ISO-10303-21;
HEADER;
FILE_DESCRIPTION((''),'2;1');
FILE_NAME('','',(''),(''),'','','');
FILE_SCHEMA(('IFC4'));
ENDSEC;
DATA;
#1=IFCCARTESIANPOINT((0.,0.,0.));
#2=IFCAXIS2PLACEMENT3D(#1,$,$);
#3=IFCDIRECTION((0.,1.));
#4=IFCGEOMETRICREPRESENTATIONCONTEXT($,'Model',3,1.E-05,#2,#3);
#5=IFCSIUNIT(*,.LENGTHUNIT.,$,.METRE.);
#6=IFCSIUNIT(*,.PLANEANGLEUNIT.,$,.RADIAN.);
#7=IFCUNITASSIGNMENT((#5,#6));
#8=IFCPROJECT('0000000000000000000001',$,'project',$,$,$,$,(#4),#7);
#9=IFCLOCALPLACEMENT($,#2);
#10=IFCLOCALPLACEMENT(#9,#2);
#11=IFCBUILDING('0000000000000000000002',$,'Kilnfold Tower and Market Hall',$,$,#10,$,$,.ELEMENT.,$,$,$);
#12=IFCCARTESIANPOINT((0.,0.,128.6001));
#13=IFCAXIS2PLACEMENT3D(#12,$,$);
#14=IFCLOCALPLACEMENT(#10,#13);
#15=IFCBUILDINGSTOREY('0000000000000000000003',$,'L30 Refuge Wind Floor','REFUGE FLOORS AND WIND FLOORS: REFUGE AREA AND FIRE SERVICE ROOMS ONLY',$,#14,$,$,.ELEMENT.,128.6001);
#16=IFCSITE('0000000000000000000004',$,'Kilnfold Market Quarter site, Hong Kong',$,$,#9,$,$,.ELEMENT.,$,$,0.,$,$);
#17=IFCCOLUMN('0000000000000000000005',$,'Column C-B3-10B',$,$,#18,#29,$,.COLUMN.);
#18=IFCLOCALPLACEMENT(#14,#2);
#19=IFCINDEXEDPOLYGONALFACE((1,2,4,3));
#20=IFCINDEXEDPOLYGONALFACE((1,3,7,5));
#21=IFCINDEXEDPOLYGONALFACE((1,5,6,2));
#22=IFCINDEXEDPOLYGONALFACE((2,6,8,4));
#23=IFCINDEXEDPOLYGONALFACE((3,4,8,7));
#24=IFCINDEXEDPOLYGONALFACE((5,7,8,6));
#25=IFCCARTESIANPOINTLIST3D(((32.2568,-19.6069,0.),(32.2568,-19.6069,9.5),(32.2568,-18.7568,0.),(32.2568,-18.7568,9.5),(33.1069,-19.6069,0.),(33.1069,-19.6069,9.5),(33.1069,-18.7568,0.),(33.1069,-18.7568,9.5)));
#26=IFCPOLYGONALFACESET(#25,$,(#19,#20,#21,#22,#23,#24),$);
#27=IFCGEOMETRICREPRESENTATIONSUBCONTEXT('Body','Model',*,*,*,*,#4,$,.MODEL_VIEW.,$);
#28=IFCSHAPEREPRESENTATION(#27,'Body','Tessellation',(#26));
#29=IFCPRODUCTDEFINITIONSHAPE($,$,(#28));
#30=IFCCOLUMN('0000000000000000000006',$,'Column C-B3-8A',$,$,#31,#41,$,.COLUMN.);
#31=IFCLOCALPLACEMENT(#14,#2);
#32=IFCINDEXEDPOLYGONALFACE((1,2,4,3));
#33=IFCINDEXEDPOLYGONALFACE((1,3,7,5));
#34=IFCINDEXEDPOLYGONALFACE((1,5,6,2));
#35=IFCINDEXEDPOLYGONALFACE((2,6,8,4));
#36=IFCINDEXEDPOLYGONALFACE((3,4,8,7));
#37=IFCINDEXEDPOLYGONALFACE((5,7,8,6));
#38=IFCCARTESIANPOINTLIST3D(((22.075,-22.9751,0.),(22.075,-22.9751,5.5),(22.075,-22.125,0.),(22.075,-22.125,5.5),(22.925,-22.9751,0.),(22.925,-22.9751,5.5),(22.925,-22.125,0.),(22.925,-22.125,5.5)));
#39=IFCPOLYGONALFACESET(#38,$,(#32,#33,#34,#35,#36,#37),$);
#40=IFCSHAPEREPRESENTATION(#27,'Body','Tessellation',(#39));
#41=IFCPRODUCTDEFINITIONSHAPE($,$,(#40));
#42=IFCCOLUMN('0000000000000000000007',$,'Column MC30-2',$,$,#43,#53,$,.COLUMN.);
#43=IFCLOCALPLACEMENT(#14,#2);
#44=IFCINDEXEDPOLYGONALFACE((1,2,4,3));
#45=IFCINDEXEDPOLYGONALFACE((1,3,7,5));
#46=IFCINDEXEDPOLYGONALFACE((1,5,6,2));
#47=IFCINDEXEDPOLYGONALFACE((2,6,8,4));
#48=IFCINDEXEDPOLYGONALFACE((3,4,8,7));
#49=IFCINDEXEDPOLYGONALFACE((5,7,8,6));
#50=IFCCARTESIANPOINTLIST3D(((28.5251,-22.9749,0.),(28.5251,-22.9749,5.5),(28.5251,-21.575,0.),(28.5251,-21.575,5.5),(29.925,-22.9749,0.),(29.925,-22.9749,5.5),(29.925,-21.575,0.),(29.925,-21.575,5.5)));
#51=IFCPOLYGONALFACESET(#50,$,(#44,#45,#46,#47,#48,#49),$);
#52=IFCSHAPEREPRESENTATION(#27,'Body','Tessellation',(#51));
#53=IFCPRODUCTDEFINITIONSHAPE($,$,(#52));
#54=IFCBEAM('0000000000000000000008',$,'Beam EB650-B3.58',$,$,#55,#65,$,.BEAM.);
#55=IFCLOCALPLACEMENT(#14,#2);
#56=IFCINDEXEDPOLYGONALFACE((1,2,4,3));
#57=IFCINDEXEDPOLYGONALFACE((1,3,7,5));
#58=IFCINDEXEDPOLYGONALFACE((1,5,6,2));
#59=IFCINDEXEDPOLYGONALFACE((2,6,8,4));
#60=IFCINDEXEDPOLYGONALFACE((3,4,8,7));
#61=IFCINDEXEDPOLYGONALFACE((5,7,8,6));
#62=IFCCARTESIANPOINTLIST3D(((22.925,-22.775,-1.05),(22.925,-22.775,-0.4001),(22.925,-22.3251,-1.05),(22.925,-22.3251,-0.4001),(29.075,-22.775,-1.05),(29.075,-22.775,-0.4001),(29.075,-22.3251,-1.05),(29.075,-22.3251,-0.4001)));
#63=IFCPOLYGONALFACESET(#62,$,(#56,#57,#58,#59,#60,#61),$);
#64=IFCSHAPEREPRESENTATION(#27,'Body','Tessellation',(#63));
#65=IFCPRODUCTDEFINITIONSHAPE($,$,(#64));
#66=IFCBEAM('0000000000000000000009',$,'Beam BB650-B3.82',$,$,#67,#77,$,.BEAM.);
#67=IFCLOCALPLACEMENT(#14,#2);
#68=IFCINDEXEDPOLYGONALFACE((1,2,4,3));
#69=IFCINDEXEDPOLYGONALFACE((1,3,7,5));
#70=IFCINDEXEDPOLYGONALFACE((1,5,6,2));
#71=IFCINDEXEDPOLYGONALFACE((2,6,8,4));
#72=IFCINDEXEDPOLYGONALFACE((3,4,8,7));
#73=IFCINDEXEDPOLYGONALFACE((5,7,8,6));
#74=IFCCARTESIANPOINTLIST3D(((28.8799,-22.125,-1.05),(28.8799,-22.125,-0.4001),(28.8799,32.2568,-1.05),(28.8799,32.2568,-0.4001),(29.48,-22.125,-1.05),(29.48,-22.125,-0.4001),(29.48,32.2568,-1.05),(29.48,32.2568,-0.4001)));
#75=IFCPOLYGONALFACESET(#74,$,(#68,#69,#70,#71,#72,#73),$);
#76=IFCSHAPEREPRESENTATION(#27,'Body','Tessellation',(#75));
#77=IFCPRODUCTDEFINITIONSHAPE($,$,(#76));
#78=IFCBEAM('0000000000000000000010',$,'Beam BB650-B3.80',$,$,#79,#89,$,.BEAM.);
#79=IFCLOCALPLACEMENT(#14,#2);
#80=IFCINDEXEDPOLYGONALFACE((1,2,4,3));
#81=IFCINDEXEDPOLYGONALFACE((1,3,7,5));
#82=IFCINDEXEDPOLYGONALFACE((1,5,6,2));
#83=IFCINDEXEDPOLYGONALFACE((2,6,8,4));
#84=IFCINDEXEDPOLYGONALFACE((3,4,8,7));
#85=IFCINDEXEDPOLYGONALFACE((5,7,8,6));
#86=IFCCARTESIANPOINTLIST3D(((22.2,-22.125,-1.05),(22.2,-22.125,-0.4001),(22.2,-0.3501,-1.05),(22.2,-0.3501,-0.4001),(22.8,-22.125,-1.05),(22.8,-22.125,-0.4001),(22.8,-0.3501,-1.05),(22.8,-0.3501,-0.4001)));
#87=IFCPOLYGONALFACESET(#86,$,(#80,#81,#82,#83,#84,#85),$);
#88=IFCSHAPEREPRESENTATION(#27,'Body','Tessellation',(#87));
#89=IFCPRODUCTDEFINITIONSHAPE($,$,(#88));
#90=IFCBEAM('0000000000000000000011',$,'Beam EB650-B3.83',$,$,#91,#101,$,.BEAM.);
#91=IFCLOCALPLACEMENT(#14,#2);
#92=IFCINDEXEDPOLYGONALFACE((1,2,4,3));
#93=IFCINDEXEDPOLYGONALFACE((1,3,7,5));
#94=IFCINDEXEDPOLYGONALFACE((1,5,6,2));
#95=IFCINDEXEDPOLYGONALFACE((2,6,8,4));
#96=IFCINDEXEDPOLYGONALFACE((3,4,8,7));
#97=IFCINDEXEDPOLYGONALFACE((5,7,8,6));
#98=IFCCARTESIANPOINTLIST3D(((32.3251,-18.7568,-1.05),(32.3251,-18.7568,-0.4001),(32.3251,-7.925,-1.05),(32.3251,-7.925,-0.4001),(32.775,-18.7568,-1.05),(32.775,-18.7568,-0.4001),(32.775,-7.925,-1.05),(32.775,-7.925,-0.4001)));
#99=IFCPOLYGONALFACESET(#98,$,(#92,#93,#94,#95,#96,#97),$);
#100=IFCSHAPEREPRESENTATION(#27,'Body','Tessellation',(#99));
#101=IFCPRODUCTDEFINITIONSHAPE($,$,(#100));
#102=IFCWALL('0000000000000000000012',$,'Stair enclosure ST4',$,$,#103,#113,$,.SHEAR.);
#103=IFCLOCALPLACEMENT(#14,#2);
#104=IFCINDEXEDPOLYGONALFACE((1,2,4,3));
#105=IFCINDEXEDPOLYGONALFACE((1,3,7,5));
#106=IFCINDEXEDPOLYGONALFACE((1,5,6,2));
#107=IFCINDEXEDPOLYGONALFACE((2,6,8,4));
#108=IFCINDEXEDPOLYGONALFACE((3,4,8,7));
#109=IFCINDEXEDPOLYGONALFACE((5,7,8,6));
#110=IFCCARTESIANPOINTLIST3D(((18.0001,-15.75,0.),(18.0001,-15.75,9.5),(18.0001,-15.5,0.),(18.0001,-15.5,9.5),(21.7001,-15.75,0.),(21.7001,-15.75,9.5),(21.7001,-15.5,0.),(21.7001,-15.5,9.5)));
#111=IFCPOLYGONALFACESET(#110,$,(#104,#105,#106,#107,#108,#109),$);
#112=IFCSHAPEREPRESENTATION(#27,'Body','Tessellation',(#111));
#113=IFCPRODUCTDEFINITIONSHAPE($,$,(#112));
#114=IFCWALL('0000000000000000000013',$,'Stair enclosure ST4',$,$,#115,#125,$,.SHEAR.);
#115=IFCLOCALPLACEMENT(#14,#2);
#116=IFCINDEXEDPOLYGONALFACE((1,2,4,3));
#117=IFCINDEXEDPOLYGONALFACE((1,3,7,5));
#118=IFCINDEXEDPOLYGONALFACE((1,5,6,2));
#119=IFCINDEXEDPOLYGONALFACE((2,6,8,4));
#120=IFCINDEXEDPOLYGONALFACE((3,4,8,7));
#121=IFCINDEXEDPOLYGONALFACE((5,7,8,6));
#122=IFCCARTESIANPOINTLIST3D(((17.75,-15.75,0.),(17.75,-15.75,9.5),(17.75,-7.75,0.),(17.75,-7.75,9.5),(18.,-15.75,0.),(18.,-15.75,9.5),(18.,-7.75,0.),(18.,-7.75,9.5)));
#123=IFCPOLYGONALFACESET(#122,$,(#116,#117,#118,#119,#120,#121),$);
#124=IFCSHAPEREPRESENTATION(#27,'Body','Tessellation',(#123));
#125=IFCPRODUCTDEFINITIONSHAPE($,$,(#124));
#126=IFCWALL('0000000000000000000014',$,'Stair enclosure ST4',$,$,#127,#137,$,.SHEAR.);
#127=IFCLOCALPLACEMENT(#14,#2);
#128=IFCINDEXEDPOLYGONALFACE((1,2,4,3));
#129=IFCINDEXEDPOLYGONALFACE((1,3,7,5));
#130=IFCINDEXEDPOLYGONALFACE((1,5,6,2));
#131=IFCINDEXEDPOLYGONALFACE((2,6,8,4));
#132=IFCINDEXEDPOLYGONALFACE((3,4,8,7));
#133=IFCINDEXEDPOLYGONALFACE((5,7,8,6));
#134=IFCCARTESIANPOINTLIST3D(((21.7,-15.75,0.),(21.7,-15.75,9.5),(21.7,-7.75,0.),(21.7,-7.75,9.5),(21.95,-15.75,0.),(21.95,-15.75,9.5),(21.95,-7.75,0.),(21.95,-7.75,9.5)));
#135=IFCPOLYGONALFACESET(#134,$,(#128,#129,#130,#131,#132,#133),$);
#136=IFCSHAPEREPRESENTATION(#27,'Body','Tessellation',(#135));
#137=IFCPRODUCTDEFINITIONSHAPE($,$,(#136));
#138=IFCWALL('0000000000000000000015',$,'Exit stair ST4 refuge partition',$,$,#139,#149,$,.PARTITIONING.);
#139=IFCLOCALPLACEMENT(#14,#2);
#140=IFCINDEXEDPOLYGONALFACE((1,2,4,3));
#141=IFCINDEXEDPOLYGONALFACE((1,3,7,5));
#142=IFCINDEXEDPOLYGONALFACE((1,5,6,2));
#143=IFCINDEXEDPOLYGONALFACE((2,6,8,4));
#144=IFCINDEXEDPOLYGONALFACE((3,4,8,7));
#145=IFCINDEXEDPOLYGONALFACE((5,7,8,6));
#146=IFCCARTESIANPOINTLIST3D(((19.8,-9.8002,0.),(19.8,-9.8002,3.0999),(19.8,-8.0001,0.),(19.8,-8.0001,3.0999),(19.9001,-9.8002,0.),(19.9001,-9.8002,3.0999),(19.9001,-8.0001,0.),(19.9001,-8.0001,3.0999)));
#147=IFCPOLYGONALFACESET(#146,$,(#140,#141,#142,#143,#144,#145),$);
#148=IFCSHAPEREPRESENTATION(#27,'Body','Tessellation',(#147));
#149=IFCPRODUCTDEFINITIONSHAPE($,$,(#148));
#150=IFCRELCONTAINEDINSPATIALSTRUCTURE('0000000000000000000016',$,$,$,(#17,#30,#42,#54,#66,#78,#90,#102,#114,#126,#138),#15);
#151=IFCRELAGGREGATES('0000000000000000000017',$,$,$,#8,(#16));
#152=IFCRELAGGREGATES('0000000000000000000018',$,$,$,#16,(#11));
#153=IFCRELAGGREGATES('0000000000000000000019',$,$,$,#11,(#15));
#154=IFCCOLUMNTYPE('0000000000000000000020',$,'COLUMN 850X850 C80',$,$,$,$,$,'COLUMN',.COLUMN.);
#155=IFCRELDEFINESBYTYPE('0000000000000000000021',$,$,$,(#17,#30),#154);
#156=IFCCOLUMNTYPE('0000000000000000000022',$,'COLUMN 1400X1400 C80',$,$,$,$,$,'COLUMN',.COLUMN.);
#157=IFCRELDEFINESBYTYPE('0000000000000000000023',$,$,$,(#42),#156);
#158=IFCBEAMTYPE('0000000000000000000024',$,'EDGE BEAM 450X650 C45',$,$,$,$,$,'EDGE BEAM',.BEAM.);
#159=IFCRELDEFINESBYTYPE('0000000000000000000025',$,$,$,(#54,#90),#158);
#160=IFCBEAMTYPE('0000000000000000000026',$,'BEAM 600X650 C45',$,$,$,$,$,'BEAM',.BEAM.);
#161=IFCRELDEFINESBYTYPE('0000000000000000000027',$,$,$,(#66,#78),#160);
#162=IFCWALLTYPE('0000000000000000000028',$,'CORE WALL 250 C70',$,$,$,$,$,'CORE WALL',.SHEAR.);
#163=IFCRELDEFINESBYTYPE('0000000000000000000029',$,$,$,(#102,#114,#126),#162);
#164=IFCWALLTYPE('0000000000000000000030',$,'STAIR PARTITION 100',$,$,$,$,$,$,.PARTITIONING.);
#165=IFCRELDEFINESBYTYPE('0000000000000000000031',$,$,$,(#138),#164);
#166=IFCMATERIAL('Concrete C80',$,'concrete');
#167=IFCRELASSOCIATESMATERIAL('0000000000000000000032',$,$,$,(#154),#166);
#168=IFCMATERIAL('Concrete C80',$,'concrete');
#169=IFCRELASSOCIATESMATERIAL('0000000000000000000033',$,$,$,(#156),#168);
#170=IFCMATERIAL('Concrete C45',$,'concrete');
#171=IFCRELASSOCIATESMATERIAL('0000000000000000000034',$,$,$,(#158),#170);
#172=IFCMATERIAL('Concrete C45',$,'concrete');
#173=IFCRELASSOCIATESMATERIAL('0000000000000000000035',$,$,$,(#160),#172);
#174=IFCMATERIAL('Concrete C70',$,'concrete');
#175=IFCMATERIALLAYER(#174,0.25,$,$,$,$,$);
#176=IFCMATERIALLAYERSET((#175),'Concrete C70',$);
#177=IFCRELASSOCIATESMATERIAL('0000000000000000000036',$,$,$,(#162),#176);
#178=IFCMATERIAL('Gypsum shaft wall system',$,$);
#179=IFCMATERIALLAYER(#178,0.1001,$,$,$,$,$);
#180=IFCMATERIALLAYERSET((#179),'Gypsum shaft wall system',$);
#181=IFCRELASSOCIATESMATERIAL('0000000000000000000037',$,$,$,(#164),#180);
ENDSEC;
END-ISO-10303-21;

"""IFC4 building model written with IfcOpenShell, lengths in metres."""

from ifc_helpers import new_model, si_unit, direction, frame, frame_2d, origin, origin_2d, place, context, subcontext, project, spatial, rectangle, extrude, source, transform, mapped, material, layer, layer_set, material_profile, profile_set, type_object, element, save


model = new_model("IFC4")

# Units and contexts
model_context = context("Model", 3, precision=1e-05, world=origin(), true_north=direction((0.0, 1.0)))
body_context = subcontext(model_context, "Body", "Model", "MODEL_VIEW")
ifc_project = project(units=[si_unit("LENGTHUNIT", "METRE"), si_unit("PLANEANGLEUNIT", "RADIAN")], contexts=[model_context])

# Site, building, storey
site_placement = place(None, origin())
site = spatial("IfcSite", under=ifc_project, at=site_placement, Name="Kilnfold Market Quarter site, Hong Kong", CompositionType="ELEMENT", RefElevation=0.0)
building_placement = place(site_placement, origin())
building = spatial("IfcBuilding", under=site, at=building_placement, Name="Kilnfold Tower and Market Hall", CompositionType="ELEMENT")
storey_placement = place(building_placement, frame((0.0, 0.0, 128.6001)))
storey = spatial("IfcBuildingStorey", under=building, at=storey_placement, Name="L30 Refuge Wind Floor", Description="REFUGE FLOORS AND WIND FLOORS: REFUGE AREA AND FIRE SERVICE ROOMS ONLY", CompositionType="ELEMENT", Elevation=128.6001)

# Columns
ifc_material_1 = material(Name="Concrete C80", Category="concrete")
ifc_material_profile_1 = material_profile(ifc_material_1, rectangle(XDim=0.8501, YDim=0.8501, at=origin_2d()), Name="RC 850x850")
ifc_profile_set_1 = profile_set([ifc_material_profile_1], Name="Concrete C80")
column_type_1 = type_object("IfcColumnType", Name="COLUMN 850X850 C80", ElementType="COLUMN", PredefinedType="COLUMN", material=ifc_profile_set_1)
shared_shape_1 = source(origin(), body_context, "Body", "SweptSolid", [
    extrude(rectangle(XDim=0.8501, YDim=0.8501, at=origin_2d()), origin(), (0.0, 0.0, 1.0), 9.5),
])
column_1_placement = place(storey_placement, frame((32.6819, -19.1819, 0.0), z_axis=(0.0, 0.0, 1.0), x_axis=(1.0, 0.0, 0.0)))
element("IfcColumn", 1, at=column_1_placement, inside=storey, type_object=column_type_1, Name="Column C-B3-10B", PredefinedType="COLUMN", context=body_context, shape_type="MappedRepresentation", body=[
    mapped(shared_shape_1, transform((0.0, 0.0, 0.0))),
])
shared_shape_2 = source(origin(), body_context, "Body", "SweptSolid", [
    extrude(rectangle(XDim=0.8501, YDim=0.8501, at=origin_2d()), origin(), (0.0, 0.0, 1.0), 5.5),
])
column_2_placement = place(storey_placement, frame((22.5, -22.55, 0.0), z_axis=(0.0, 0.0, 1.0), x_axis=(1.0, 0.0, 0.0)))
element("IfcColumn", 2, at=column_2_placement, inside=storey, type_object=column_type_1, Name="Column C-B3-8A", PredefinedType="COLUMN", context=body_context, shape_type="MappedRepresentation", body=[
    mapped(shared_shape_2, transform((0.0, 0.0, 0.0))),
])
ifc_material_2 = material(Name="Concrete C80", Category="concrete")
ifc_material_profile_2 = material_profile(ifc_material_2, rectangle(XDim=1.3999, YDim=1.3999, at=origin_2d()), Name="RC 1400x1400")
ifc_profile_set_2 = profile_set([ifc_material_profile_2], Name="Concrete C80")
column_type_2 = type_object("IfcColumnType", Name="COLUMN 1400X1400 C80", ElementType="COLUMN", PredefinedType="COLUMN", material=ifc_profile_set_2)
shared_shape_3 = source(origin(), body_context, "Body", "SweptSolid", [
    extrude(rectangle(XDim=1.3999, YDim=1.3999, at=origin_2d()), origin(), (0.0, 0.0, 1.0), 5.5),
])
column_3_placement = place(storey_placement, frame((29.2251, -22.2749, 0.0), z_axis=(0.0, 0.0, 1.0), x_axis=(1.0, 0.0, 0.0)))
element("IfcColumn", 3, at=column_3_placement, inside=storey, type_object=column_type_2, Name="Column MC30-2", PredefinedType="COLUMN", context=body_context, shape_type="MappedRepresentation", body=[
    mapped(shared_shape_3, transform((0.0, 0.0, 0.0))),
])

# Beams
ifc_material_3 = material(Name="Concrete C45", Category="concrete")
ifc_material_profile_3 = material_profile(ifc_material_3, rectangle(XDim=0.45, YDim=0.6499, at=origin_2d()), Name="RC 450x650")
ifc_profile_set_3 = profile_set([ifc_material_profile_3], Name="Concrete C45")
beam_type_1 = type_object("IfcBeamType", Name="EDGE BEAM 450X650 C45", ElementType="EDGE BEAM", PredefinedType="BEAM", material=ifc_profile_set_3)
shared_shape_4 = source(origin(), body_context, "Body", "SweptSolid", [
    extrude(rectangle(XDim=0.45, YDim=0.6499, at=origin_2d()), origin(), (0.0, 0.0, 1.0), 6.1499),
])
beam_1_placement = place(storey_placement, frame((22.925, -22.55, -0.7251), z_axis=(1.0, 0.0, 0.0), x_axis=(0.0, 1.0, 0.0)))
element("IfcBeam", 4, at=beam_1_placement, inside=storey, type_object=beam_type_1, Name="Beam EB650-B3.58", PredefinedType="BEAM", context=body_context, shape_type="MappedRepresentation", body=[
    mapped(shared_shape_4, transform((0.0, 0.0, 0.0))),
])
ifc_material_4 = material(Name="Concrete C45", Category="concrete")
ifc_material_profile_4 = material_profile(ifc_material_4, rectangle(XDim=0.6001, YDim=0.6499, at=origin_2d()), Name="RC 600x650")
ifc_profile_set_4 = profile_set([ifc_material_profile_4], Name="Concrete C45")
beam_type_2 = type_object("IfcBeamType", Name="BEAM 600X650 C45", ElementType="BEAM", PredefinedType="BEAM", material=ifc_profile_set_4)
shared_shape_5 = source(origin(), body_context, "Body", "SweptSolid", [
    extrude(rectangle(XDim=0.6001, YDim=0.6499, at=origin_2d()), origin(), (0.0, 0.0, 1.0), 54.3818),
])
beam_2_placement = place(storey_placement, frame((29.1799, -22.125, -0.7251), z_axis=(0.0, 1.0, 0.0), x_axis=(-1.0, 0.0, 0.0)))
element("IfcBeam", 5, at=beam_2_placement, inside=storey, type_object=beam_type_2, Name="Beam BB650-B3.82", PredefinedType="BEAM", context=body_context, shape_type="MappedRepresentation", body=[
    mapped(shared_shape_5, transform((0.0, 0.0, 0.0))),
])
shared_shape_6 = source(origin(), body_context, "Body", "SweptSolid", [
    extrude(rectangle(XDim=0.6001, YDim=0.6499, at=origin_2d()), origin(), (0.0, 0.0, 1.0), 21.7749),
])
beam_3_placement = place(storey_placement, frame((22.5, -22.125, -0.7251), z_axis=(0.0, 1.0, 0.0), x_axis=(-1.0, 0.0, 0.0)))
element("IfcBeam", 6, at=beam_3_placement, inside=storey, type_object=beam_type_2, Name="Beam BB650-B3.80", PredefinedType="BEAM", context=body_context, shape_type="MappedRepresentation", body=[
    mapped(shared_shape_6, transform((0.0, 0.0, 0.0))),
])
shared_shape_7 = source(origin(), body_context, "Body", "SweptSolid", [
    extrude(rectangle(XDim=0.45, YDim=0.6499, at=origin_2d()), origin(), (0.0, 0.0, 1.0), 10.8318),
])
beam_4_placement = place(storey_placement, frame((32.55, -18.7568, -0.7251), z_axis=(0.0, 1.0, 0.0), x_axis=(-1.0, 0.0, 0.0)))
element("IfcBeam", 7, at=beam_4_placement, inside=storey, type_object=beam_type_1, Name="Beam EB650-B3.83", PredefinedType="BEAM", context=body_context, shape_type="MappedRepresentation", body=[
    mapped(shared_shape_7, transform((0.0, 0.0, 0.0))),
])

# Walls
ifc_material_5 = material(Name="Concrete C70", Category="concrete")
ifc_layer_1 = layer(ifc_material_5, 0.25)
ifc_layer_set_1 = layer_set([ifc_layer_1], Name="Concrete C70")
wall_type_1 = type_object("IfcWallType", Name="CORE WALL 250 C70", ElementType="CORE WALL", PredefinedType="SHEAR", material=ifc_layer_set_1)
shared_shape_8 = source(origin(), body_context, "Body", "SweptSolid", [
    extrude(rectangle(XDim=3.7, YDim=0.25, at=frame_2d((1.8501, 0.0))), origin(), (0.0, 0.0, 1.0), 9.5),
])
wall_1_placement = place(storey_placement, frame((18.0, -15.625, 0.0), z_axis=(0.0, 0.0, 1.0), x_axis=(1.0, 0.0, 0.0)))
element("IfcWall", 8, at=wall_1_placement, inside=storey, type_object=wall_type_1, Name="Stair enclosure ST4", PredefinedType="SHEAR", context=body_context, shape_type="MappedRepresentation", body=[
    mapped(shared_shape_8, transform((0.0, 0.0, 0.0))),
])
shared_shape_9 = source(origin(), body_context, "Body", "SweptSolid", [
    extrude(rectangle(XDim=8.0, YDim=0.25, at=frame_2d((4.0, 0.0))), origin(), (0.0, 0.0, 1.0), 9.5),
])
for number, where, z_axis, x_axis, name in (
    (9, (17.875, -15.75, 0.0), (0.0, 0.0, 1.0), (0.0, 1.0, 0.0), "Stair enclosure ST4"),
    (10, (21.825, -15.75, 0.0), (0.0, 0.0, 1.0), (0.0, 1.0, 0.0), "Stair enclosure ST4"),
):
    element("IfcWall", number, at=place(storey_placement, frame(where, z_axis=z_axis, x_axis=x_axis)), inside=storey, type_object=wall_type_1, Name=name, PredefinedType="SHEAR", context=body_context, shape_type="MappedRepresentation", body=[
        mapped(shared_shape_9, transform((0.0, 0.0, 0.0))),
    ])
ifc_material_6 = material(Name="Gypsum shaft wall system")
ifc_layer_2 = layer(ifc_material_6, 0.1001)
ifc_layer_set_2 = layer_set([ifc_layer_2], Name="Gypsum shaft wall system")
wall_type_2 = type_object("IfcWallType", Name="STAIR PARTITION 100", PredefinedType="PARTITIONING", material=ifc_layer_set_2)
shared_shape_10 = source(origin(), body_context, "Body", "SweptSolid", [
    extrude(rectangle(XDim=1.8, YDim=0.1001, at=frame_2d((0.8999, 0.0))), origin(), (0.0, 0.0, 1.0), 3.0999),
])
wall_2_placement = place(storey_placement, frame((19.8501, -9.8, 0.0), z_axis=(0.0, 0.0, 1.0), x_axis=(0.0, 1.0, 0.0)))
element("IfcWall", 11, at=wall_2_placement, inside=storey, type_object=wall_type_2, Name="Exit stair ST4 refuge partition", PredefinedType="PARTITIONING", context=body_context, shape_type="MappedRepresentation", body=[
    mapped(shared_shape_10, transform((0.0, 0.0, 0.0))),
])

save(model, "model.ifc")
